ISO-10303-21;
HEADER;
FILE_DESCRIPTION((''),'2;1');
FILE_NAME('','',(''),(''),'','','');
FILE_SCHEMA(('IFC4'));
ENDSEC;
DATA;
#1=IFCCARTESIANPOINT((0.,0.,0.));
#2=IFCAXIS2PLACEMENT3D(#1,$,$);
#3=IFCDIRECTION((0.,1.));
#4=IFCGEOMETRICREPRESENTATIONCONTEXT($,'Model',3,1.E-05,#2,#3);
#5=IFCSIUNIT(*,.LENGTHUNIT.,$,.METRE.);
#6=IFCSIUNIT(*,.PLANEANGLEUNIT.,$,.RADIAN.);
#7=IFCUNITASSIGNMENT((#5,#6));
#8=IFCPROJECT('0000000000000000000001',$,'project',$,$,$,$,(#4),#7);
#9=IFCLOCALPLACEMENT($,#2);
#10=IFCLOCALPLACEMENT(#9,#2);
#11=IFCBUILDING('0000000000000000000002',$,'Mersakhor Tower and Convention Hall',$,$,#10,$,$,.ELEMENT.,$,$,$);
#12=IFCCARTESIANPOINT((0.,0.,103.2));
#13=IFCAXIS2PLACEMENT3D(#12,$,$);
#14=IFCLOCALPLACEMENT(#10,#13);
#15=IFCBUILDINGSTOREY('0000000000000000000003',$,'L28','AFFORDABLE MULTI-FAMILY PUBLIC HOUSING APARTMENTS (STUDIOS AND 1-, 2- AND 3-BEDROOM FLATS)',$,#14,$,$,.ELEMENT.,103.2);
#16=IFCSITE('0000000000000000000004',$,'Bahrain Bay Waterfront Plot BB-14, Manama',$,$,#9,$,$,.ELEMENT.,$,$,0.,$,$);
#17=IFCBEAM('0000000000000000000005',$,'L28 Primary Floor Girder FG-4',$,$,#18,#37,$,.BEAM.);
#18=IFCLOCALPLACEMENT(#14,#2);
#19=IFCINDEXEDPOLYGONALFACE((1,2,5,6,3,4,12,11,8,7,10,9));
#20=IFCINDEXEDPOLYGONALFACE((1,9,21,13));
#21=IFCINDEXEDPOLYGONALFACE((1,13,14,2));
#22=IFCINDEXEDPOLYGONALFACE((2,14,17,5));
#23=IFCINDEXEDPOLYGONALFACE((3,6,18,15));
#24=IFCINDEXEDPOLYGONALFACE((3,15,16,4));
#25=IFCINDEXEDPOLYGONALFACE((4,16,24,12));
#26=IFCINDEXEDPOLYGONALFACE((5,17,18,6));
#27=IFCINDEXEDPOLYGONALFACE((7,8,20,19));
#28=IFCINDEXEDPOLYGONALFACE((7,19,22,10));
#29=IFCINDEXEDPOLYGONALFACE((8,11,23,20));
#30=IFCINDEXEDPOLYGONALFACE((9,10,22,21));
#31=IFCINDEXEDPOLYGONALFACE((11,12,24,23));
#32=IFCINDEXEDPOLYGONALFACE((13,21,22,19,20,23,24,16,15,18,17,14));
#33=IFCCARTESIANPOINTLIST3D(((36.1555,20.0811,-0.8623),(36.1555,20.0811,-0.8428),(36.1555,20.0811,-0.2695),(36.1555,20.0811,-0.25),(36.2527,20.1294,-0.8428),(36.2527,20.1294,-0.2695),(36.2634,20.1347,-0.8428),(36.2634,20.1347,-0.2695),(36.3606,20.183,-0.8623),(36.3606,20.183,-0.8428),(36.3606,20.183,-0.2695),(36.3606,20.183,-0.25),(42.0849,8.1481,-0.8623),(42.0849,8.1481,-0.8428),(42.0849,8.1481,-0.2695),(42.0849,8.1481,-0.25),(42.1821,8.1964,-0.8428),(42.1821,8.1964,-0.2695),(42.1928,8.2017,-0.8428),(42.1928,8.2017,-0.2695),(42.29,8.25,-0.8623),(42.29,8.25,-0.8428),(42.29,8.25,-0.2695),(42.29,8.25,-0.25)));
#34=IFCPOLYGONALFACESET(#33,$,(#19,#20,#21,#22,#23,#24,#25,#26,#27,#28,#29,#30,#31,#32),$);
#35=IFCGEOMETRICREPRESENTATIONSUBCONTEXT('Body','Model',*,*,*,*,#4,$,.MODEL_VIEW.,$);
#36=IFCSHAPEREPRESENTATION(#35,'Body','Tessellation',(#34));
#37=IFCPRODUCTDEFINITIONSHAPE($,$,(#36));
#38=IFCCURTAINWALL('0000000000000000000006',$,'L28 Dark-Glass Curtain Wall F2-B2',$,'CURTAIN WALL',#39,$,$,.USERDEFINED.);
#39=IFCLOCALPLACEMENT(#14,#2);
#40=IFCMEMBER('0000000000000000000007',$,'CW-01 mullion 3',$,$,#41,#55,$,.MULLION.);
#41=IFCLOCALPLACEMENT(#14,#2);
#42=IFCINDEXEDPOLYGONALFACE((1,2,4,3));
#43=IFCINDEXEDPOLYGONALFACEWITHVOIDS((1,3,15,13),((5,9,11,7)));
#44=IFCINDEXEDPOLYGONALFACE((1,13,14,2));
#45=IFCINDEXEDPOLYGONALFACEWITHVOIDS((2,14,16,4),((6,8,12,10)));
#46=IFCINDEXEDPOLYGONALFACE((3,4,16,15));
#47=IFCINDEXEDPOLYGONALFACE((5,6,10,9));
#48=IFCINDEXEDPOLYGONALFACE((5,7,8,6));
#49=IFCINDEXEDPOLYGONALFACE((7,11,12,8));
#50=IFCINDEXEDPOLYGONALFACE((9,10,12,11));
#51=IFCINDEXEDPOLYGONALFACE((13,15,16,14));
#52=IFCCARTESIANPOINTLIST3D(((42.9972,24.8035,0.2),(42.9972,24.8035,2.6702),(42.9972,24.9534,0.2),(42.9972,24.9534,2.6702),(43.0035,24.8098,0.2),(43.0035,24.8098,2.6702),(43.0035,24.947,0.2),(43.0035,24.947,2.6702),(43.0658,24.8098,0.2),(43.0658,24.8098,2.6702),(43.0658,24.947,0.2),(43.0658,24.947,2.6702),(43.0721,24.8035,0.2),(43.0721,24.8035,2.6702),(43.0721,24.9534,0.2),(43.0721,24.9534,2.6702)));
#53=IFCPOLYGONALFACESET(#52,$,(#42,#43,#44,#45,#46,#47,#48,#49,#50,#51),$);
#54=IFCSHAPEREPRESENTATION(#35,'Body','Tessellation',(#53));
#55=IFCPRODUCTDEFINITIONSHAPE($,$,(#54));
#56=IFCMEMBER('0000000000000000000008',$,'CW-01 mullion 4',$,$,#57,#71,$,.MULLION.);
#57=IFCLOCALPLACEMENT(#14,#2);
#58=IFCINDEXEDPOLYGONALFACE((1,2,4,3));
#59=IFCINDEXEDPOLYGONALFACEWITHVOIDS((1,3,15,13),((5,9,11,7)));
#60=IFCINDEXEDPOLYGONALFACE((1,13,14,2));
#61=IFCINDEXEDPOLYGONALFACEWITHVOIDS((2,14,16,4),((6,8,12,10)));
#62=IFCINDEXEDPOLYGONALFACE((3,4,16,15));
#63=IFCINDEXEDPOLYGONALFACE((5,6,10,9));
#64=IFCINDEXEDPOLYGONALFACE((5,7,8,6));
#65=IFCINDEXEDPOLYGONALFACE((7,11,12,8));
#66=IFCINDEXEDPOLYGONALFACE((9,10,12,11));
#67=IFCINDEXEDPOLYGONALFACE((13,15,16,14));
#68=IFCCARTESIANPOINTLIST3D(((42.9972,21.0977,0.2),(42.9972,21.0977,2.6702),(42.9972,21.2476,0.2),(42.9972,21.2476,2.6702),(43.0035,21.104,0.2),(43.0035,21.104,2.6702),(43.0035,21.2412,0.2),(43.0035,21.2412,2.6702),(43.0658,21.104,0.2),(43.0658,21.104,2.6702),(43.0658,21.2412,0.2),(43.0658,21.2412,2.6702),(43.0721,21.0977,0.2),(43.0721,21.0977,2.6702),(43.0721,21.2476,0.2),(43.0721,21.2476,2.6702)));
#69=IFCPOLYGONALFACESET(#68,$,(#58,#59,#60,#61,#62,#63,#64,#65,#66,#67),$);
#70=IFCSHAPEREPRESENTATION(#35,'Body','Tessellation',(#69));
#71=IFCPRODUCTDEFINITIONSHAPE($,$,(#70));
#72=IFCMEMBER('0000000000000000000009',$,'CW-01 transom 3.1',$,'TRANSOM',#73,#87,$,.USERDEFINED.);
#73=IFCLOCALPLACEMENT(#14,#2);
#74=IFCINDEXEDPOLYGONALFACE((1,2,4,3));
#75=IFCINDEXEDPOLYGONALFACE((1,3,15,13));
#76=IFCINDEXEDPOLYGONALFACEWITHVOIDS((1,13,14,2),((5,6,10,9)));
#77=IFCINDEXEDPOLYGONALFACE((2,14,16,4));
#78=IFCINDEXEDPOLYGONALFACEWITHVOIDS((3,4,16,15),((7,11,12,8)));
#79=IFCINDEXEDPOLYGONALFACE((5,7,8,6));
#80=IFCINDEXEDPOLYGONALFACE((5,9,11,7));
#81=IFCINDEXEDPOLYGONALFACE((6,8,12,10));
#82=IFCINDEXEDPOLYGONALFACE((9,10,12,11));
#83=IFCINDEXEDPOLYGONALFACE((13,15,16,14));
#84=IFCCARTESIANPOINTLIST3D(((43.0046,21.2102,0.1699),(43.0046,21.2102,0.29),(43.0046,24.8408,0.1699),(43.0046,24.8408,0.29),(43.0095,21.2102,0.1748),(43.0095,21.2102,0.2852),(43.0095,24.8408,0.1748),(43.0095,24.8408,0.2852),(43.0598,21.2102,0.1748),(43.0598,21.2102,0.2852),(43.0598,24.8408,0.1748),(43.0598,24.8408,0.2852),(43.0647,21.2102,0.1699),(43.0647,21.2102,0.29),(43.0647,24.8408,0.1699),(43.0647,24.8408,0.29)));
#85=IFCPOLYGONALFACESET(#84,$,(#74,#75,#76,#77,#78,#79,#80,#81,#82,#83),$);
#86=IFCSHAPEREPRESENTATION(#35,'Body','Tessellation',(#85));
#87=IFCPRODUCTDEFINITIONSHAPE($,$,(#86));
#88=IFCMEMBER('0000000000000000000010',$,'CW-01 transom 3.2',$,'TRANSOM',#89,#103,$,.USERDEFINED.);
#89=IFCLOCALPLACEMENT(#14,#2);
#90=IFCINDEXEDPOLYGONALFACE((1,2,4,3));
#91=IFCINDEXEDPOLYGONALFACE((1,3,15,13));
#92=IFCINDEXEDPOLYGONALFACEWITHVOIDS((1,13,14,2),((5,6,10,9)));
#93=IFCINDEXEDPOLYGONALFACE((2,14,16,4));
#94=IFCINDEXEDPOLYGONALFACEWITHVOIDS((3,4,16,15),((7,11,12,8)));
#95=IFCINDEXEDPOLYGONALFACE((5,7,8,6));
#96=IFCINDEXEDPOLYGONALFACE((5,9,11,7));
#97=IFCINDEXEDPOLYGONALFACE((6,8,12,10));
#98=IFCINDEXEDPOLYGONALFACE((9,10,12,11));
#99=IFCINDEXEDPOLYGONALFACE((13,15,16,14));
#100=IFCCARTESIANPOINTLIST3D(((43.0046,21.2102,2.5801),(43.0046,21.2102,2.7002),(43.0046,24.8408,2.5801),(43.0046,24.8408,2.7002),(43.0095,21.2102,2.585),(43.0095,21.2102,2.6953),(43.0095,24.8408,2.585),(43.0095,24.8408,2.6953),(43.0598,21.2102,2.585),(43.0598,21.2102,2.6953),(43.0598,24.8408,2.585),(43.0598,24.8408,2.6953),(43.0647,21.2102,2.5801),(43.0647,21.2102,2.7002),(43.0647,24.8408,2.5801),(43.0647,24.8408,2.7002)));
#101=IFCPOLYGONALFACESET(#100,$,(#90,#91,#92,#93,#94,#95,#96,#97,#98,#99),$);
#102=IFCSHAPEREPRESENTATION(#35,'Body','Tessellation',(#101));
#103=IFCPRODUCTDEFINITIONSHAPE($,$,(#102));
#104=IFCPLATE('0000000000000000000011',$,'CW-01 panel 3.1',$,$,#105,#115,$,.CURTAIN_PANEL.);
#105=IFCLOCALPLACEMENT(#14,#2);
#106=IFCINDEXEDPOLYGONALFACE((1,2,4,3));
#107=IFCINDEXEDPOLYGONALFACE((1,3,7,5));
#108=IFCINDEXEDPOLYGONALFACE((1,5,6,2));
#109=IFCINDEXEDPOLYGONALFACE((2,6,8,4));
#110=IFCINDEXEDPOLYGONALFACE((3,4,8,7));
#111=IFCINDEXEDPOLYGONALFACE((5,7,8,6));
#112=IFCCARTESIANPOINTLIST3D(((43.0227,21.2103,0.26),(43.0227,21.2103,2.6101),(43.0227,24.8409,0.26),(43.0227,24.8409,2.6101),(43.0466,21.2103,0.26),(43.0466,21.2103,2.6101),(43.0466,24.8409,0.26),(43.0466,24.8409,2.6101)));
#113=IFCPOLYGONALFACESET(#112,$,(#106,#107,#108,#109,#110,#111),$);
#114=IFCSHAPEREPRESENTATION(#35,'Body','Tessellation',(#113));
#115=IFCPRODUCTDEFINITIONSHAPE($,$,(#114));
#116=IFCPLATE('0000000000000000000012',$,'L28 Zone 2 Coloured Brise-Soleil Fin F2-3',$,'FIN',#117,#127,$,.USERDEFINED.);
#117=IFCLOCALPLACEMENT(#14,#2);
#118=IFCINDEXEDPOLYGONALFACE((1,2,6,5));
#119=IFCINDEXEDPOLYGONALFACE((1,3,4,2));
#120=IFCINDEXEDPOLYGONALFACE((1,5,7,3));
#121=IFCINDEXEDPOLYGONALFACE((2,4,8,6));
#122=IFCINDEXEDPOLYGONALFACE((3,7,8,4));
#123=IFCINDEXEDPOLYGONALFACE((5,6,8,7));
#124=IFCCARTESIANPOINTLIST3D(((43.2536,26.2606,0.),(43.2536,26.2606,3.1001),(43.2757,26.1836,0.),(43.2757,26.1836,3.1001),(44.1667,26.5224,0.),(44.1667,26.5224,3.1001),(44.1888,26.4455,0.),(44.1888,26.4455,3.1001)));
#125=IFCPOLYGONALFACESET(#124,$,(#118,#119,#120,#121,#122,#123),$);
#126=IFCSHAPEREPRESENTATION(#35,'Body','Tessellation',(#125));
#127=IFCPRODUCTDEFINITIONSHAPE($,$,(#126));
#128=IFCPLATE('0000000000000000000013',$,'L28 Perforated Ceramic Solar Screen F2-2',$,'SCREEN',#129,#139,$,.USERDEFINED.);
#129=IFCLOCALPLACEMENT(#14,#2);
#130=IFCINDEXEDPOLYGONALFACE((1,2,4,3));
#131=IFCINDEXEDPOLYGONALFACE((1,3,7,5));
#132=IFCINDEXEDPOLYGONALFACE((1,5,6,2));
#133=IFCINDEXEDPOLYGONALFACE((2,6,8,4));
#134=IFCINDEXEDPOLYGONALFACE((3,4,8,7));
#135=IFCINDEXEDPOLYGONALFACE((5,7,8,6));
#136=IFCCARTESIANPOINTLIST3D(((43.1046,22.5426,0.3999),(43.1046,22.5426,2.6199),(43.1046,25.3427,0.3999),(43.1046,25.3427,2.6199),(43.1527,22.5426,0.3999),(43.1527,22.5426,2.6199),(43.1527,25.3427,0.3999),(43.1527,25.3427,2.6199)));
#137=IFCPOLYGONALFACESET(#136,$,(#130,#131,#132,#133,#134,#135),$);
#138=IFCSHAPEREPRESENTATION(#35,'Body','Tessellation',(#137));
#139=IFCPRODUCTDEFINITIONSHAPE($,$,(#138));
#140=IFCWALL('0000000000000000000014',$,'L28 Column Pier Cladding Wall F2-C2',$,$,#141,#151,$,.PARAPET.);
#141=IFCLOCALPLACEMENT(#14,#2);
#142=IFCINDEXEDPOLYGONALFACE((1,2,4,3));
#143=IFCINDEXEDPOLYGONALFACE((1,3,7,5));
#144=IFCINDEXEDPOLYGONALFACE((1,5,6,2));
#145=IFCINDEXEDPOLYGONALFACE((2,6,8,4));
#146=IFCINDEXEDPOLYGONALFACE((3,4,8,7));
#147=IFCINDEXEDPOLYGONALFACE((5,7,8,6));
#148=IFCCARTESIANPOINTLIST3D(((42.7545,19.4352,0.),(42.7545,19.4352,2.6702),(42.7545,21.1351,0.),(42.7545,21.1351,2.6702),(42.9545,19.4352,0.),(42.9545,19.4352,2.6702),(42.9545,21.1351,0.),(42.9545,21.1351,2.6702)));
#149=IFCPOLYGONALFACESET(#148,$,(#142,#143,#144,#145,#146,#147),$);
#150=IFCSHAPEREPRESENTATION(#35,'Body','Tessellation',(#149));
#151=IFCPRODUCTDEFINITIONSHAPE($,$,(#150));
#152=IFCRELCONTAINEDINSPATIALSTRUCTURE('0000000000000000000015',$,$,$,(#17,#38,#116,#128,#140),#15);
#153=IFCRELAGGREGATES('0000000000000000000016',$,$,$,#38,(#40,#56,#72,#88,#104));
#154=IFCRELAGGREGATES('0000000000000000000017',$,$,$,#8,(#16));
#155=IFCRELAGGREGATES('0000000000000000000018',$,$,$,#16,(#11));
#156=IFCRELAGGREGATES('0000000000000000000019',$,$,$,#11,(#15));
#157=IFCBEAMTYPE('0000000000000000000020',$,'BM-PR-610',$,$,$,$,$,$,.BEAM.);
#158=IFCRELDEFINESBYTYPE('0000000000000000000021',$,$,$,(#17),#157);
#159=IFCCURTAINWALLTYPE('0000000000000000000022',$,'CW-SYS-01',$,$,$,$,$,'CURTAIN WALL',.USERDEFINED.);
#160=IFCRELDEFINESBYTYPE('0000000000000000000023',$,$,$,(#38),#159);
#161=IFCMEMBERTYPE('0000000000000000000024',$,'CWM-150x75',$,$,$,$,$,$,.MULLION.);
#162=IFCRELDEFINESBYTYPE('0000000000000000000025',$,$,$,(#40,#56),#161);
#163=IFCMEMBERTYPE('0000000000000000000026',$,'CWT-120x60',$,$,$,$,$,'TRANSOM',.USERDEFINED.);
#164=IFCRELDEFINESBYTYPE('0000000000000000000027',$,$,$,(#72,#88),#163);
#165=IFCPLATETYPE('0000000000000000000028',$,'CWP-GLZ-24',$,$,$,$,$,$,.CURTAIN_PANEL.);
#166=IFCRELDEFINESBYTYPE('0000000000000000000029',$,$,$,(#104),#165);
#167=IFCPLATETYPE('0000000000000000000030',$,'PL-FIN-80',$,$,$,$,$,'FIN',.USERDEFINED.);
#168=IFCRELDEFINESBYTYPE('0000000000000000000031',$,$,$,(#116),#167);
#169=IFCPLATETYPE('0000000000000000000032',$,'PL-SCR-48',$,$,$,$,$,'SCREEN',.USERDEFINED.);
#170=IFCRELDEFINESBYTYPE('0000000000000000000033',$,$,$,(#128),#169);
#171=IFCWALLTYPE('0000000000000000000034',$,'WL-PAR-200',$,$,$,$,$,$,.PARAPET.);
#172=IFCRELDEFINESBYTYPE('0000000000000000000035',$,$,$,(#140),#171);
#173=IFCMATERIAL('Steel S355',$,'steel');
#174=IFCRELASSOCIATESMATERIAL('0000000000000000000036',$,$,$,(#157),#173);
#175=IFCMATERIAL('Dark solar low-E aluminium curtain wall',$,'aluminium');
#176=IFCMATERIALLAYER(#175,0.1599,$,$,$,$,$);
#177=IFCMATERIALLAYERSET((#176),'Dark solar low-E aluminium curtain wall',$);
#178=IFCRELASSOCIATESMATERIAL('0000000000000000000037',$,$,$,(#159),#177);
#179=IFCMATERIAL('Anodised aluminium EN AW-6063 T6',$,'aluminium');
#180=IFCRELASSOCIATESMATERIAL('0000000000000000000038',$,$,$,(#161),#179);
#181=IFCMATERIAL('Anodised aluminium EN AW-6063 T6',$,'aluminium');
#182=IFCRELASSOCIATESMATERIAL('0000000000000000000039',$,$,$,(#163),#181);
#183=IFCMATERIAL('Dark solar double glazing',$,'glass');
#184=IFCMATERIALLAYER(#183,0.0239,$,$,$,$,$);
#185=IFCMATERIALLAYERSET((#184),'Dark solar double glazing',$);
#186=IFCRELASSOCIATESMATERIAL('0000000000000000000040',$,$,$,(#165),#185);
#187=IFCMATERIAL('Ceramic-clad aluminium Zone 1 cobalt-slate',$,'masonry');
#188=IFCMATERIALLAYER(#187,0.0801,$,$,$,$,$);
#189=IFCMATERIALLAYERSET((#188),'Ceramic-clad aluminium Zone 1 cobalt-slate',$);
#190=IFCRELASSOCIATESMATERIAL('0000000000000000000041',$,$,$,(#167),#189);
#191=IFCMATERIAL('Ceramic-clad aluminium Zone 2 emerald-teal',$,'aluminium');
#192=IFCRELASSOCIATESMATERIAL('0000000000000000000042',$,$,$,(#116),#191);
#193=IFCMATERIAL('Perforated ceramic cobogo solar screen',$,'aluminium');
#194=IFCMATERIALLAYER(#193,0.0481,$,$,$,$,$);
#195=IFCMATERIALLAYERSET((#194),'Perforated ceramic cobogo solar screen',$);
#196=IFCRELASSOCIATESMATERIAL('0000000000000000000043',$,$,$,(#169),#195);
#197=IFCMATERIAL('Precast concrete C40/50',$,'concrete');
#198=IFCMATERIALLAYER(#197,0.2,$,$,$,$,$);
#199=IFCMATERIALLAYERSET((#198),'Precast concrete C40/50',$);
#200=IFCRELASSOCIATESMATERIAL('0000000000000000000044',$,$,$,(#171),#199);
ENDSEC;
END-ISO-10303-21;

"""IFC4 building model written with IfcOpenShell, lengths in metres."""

from ifc_helpers import new_model, si_unit, direction, frame, frame_2d, origin, origin_2d, place, context, subcontext, project, spatial, rectangle, hollow_rectangle, i_section, extrude, material, layer, layer_set, material_profile, profile_set, type_object, element, aggregate, save


model = new_model("IFC4")

# Units and contexts
model_context = context("Model", 3, precision=1e-05, world=origin(), true_north=direction((0.0, 1.0)))
body_context = subcontext(model_context, "Body", "Model", "MODEL_VIEW")
ifc_project = project(units=[si_unit("LENGTHUNIT", "METRE"), si_unit("PLANEANGLEUNIT", "RADIAN")], contexts=[model_context])

# Site, building, storey
site_placement = place(None, origin())
site = spatial("IfcSite", under=ifc_project, at=site_placement, Name="Bahrain Bay Waterfront Plot BB-14, Manama", CompositionType="ELEMENT", RefElevation=0.0)
building_placement = place(site_placement, origin())
building = spatial("IfcBuilding", under=site, at=building_placement, Name="Mersakhor Tower and Convention Hall", CompositionType="ELEMENT")
storey_placement = place(building_placement, frame((0.0, 0.0, 103.2)))
storey = spatial("IfcBuildingStorey", under=building, at=storey_placement, Name="L28", Description="AFFORDABLE MULTI-FAMILY PUBLIC HOUSING APARTMENTS (STUDIOS AND 1-, 2- AND 3-BEDROOM FLATS)", CompositionType="ELEMENT", Elevation=103.2)

# Beam
ifc_material_1 = material(Name="Steel S355", Category="steel")
ifc_material_profile_1 = material_profile(ifc_material_1, i_section(OverallWidth=0.229, OverallDepth=0.6123, WebThickness=0.012, FlangeThickness=0.0195, at=origin_2d()), Name="UB 610x229x125")
ifc_profile_set_1 = profile_set([ifc_material_profile_1], Name="Steel S355")
beam_type = type_object("IfcBeamType", Name="BM-PR-610", PredefinedType="BEAM", material=ifc_profile_set_1)
beam_placement = place(storey_placement, frame((36.2581, 20.1321, -0.5562), z_axis=(0.444984, -0.895538, 0.0), x_axis=(0.895538, 0.444984, 0.0)))
element("IfcBeam", 1, at=beam_placement, inside=storey, type_object=beam_type, Name="L28 Primary Floor Girder FG-4", PredefinedType="BEAM", context=body_context, shape_type="SweptSolid", body=[
    extrude(i_section(OverallWidth=0.229, OverallDepth=0.6123, WebThickness=0.012, FlangeThickness=0.0195, at=origin_2d()), origin(), (0.0, 0.0, 1.0), 13.325),
])

# Curtain wall, members, plate
ifc_material_2 = material(Name="Dark solar low-E aluminium curtain wall", Category="aluminium")
ifc_layer_1 = layer(ifc_material_2, 0.1599)
ifc_layer_set_1 = layer_set([ifc_layer_1], Name="Dark solar low-E aluminium curtain wall")
curtain_wall_type = type_object("IfcCurtainWallType", Name="CW-SYS-01", ElementType="CURTAIN WALL", PredefinedType="USERDEFINED", material=ifc_layer_set_1)
curtain_wall_placement = place(storey_placement, origin())
curtain_wall = element("IfcCurtainWall", 2, at=curtain_wall_placement, inside=storey, type_object=curtain_wall_type, Name="L28 Dark-Glass Curtain Wall F2-B2", ObjectType="CURTAIN WALL", PredefinedType="USERDEFINED")
ifc_material_3 = material(Name="Anodised aluminium EN AW-6063 T6", Category="aluminium")
ifc_material_profile_2 = material_profile(ifc_material_3, hollow_rectangle(XDim=0.075, YDim=0.1499, WallThickness=0.0063, at=origin_2d()), Name="RHS 150x75x6.3")
ifc_profile_set_2 = profile_set([ifc_material_profile_2], Name="Anodised aluminium EN AW-6063 T6")
member_type_1 = type_object("IfcMemberType", Name="CWM-150x75", PredefinedType="MULLION", material=ifc_profile_set_2)
member_1_placement = place(storey_placement, frame((43.0347, 24.8784, 0.2), z_axis=(0.0, 0.0, 1.0), x_axis=(1.0, 0.0, 0.0)))
member_1 = element("IfcMember", 3, at=member_1_placement, type_object=member_type_1, Name="CW-01 mullion 3", PredefinedType="MULLION", context=body_context, shape_type="SweptSolid", body=[
    extrude(hollow_rectangle(XDim=0.075, YDim=0.1499, WallThickness=0.0063, at=origin_2d()), origin(), (0.0, 0.0, 1.0), 2.4702),
])
member_2_placement = place(storey_placement, frame((43.0347, 21.1726, 0.2), z_axis=(0.0, 0.0, 1.0), x_axis=(1.0, 0.0, 0.0)))
member_2 = element("IfcMember", 4, at=member_2_placement, type_object=member_type_1, Name="CW-01 mullion 4", PredefinedType="MULLION", context=body_context, shape_type="SweptSolid", body=[
    extrude(hollow_rectangle(XDim=0.075, YDim=0.1499, WallThickness=0.0063, at=origin_2d()), origin(), (0.0, 0.0, 1.0), 2.4702),
])
ifc_material_4 = material(Name="Anodised aluminium EN AW-6063 T6", Category="aluminium")
ifc_material_profile_3 = material_profile(ifc_material_4, hollow_rectangle(XDim=0.0601, YDim=0.1201, WallThickness=0.0049, at=origin_2d()), Name="RHS 120x60x5")
ifc_profile_set_3 = profile_set([ifc_material_profile_3], Name="Anodised aluminium EN AW-6063 T6")
member_type_2 = type_object("IfcMemberType", Name="CWT-120x60", ElementType="TRANSOM", PredefinedType="USERDEFINED", material=ifc_profile_set_3)
member_3_placement = place(storey_placement, frame((43.0347, 24.8408, 0.23), z_axis=(0.0, -1.0, 0.0), x_axis=(1.0, 0.0, 0.0)))
member_3 = element("IfcMember", 5, at=member_3_placement, type_object=member_type_2, Name="CW-01 transom 3.1", ObjectType="TRANSOM", PredefinedType="USERDEFINED", context=body_context, shape_type="SweptSolid", body=[
    extrude(hollow_rectangle(XDim=0.0601, YDim=0.1201, WallThickness=0.0049, at=origin_2d()), origin(), (0.0, 0.0, 1.0), 3.6306),
])
member_4_placement = place(storey_placement, frame((43.0347, 24.8408, 2.6401), z_axis=(0.0, -1.0, 0.0), x_axis=(1.0, 0.0, 0.0)))
member_4 = element("IfcMember", 6, at=member_4_placement, type_object=member_type_2, Name="CW-01 transom 3.2", ObjectType="TRANSOM", PredefinedType="USERDEFINED", context=body_context, shape_type="SweptSolid", body=[
    extrude(hollow_rectangle(XDim=0.0601, YDim=0.1201, WallThickness=0.0049, at=origin_2d()), origin(), (0.0, 0.0, 1.0), 3.6306),
])
ifc_material_5 = material(Name="Dark solar double glazing", Category="glass")
ifc_layer_2 = layer(ifc_material_5, 0.0239)
ifc_layer_set_2 = layer_set([ifc_layer_2], Name="Dark solar double glazing")
plate_type_1 = type_object("IfcPlateType", Name="CWP-GLZ-24", PredefinedType="CURTAIN_PANEL", material=ifc_layer_set_2)
plate_1_placement = place(storey_placement, frame((43.0347, 23.0256, 0.26), z_axis=(0.0, 0.0, 1.0), x_axis=(0.0, -1.0, 0.0)))
plate_1 = element("IfcPlate", 7, at=plate_1_placement, type_object=plate_type_1, Name="CW-01 panel 3.1", PredefinedType="CURTAIN_PANEL", context=body_context, shape_type="SweptSolid", body=[
    extrude(rectangle(XDim=3.6306, YDim=0.0239, at=origin_2d()), origin(), (0.0, 0.0, 1.0), 2.3501),
])
aggregate(curtain_wall, [member_1, member_2, member_3, member_4, plate_1])

# Plates
ifc_material_6 = material(Name="Ceramic-clad aluminium Zone 2 emerald-teal", Category="aluminium")
ifc_material_7 = material(Name="Ceramic-clad aluminium Zone 1 cobalt-slate", Category="masonry")
ifc_layer_3 = layer(ifc_material_7, 0.0801)
ifc_layer_set_3 = layer_set([ifc_layer_3], Name="Ceramic-clad aluminium Zone 1 cobalt-slate")
plate_type_2 = type_object("IfcPlateType", Name="PL-FIN-80", ElementType="FIN", PredefinedType="USERDEFINED", material=ifc_layer_set_3)
plate_2_placement = place(storey_placement, frame((43.7212, 26.353, 0.0), z_axis=(0.0, 0.0, 1.0), x_axis=(0.961262, 0.275637, 0.0)))
element("IfcPlate", 8, at=plate_2_placement, inside=storey, type_object=plate_type_2, material=ifc_material_6, Name="L28 Zone 2 Coloured Brise-Soleil Fin F2-3", ObjectType="FIN", PredefinedType="USERDEFINED", context=body_context, shape_type="SweptSolid", body=[
    extrude(rectangle(XDim=0.95, YDim=0.0801, at=origin_2d()), origin(), (0.0, 0.0, 1.0), 3.1001),
])
ifc_material_8 = material(Name="Perforated ceramic cobogo solar screen", Category="aluminium")
ifc_layer_4 = layer(ifc_material_8, 0.0481)
ifc_layer_set_4 = layer_set([ifc_layer_4], Name="Perforated ceramic cobogo solar screen")
plate_type_3 = type_object("IfcPlateType", Name="PL-SCR-48", ElementType="SCREEN", PredefinedType="USERDEFINED", material=ifc_layer_set_4)
plate_3_placement = place(storey_placement, frame((43.1287, 23.9426, 0.3999), z_axis=(0.0, 0.0, 1.0), x_axis=(0.0, -1.0, 0.0)))
element("IfcPlate", 9, at=plate_3_placement, inside=storey, type_object=plate_type_3, Name="L28 Perforated Ceramic Solar Screen F2-2", ObjectType="SCREEN", PredefinedType="USERDEFINED", context=body_context, shape_type="SweptSolid", body=[
    extrude(rectangle(XDim=2.8, YDim=0.0481, at=origin_2d()), origin(), (0.0, 0.0, 1.0), 2.22),
])

# Wall
ifc_material_9 = material(Name="Precast concrete C40/50", Category="concrete")
ifc_layer_5 = layer(ifc_material_9, 0.2)
ifc_layer_set_5 = layer_set([ifc_layer_5], Name="Precast concrete C40/50")
wall_type_1 = type_object("IfcWallType", Name="WL-PAR-200", PredefinedType="PARAPET", material=ifc_layer_set_5)
wall_1_placement = place(storey_placement, frame((42.8545, 21.1353, 0.0), z_axis=(0.0, 0.0, 1.0), x_axis=(0.0, -1.0, 0.0)))
element("IfcWall", 10, at=wall_1_placement, inside=storey, type_object=wall_type_1, Name="L28 Column Pier Cladding Wall F2-C2", PredefinedType="PARAPET", context=body_context, shape_type="SweptSolid", body=[
    extrude(rectangle(XDim=1.7, YDim=0.2, at=frame_2d((0.8501, 0.0))), origin(), (0.0, 0.0, 1.0), 2.6702),
])

save(model, "model.ifc")
